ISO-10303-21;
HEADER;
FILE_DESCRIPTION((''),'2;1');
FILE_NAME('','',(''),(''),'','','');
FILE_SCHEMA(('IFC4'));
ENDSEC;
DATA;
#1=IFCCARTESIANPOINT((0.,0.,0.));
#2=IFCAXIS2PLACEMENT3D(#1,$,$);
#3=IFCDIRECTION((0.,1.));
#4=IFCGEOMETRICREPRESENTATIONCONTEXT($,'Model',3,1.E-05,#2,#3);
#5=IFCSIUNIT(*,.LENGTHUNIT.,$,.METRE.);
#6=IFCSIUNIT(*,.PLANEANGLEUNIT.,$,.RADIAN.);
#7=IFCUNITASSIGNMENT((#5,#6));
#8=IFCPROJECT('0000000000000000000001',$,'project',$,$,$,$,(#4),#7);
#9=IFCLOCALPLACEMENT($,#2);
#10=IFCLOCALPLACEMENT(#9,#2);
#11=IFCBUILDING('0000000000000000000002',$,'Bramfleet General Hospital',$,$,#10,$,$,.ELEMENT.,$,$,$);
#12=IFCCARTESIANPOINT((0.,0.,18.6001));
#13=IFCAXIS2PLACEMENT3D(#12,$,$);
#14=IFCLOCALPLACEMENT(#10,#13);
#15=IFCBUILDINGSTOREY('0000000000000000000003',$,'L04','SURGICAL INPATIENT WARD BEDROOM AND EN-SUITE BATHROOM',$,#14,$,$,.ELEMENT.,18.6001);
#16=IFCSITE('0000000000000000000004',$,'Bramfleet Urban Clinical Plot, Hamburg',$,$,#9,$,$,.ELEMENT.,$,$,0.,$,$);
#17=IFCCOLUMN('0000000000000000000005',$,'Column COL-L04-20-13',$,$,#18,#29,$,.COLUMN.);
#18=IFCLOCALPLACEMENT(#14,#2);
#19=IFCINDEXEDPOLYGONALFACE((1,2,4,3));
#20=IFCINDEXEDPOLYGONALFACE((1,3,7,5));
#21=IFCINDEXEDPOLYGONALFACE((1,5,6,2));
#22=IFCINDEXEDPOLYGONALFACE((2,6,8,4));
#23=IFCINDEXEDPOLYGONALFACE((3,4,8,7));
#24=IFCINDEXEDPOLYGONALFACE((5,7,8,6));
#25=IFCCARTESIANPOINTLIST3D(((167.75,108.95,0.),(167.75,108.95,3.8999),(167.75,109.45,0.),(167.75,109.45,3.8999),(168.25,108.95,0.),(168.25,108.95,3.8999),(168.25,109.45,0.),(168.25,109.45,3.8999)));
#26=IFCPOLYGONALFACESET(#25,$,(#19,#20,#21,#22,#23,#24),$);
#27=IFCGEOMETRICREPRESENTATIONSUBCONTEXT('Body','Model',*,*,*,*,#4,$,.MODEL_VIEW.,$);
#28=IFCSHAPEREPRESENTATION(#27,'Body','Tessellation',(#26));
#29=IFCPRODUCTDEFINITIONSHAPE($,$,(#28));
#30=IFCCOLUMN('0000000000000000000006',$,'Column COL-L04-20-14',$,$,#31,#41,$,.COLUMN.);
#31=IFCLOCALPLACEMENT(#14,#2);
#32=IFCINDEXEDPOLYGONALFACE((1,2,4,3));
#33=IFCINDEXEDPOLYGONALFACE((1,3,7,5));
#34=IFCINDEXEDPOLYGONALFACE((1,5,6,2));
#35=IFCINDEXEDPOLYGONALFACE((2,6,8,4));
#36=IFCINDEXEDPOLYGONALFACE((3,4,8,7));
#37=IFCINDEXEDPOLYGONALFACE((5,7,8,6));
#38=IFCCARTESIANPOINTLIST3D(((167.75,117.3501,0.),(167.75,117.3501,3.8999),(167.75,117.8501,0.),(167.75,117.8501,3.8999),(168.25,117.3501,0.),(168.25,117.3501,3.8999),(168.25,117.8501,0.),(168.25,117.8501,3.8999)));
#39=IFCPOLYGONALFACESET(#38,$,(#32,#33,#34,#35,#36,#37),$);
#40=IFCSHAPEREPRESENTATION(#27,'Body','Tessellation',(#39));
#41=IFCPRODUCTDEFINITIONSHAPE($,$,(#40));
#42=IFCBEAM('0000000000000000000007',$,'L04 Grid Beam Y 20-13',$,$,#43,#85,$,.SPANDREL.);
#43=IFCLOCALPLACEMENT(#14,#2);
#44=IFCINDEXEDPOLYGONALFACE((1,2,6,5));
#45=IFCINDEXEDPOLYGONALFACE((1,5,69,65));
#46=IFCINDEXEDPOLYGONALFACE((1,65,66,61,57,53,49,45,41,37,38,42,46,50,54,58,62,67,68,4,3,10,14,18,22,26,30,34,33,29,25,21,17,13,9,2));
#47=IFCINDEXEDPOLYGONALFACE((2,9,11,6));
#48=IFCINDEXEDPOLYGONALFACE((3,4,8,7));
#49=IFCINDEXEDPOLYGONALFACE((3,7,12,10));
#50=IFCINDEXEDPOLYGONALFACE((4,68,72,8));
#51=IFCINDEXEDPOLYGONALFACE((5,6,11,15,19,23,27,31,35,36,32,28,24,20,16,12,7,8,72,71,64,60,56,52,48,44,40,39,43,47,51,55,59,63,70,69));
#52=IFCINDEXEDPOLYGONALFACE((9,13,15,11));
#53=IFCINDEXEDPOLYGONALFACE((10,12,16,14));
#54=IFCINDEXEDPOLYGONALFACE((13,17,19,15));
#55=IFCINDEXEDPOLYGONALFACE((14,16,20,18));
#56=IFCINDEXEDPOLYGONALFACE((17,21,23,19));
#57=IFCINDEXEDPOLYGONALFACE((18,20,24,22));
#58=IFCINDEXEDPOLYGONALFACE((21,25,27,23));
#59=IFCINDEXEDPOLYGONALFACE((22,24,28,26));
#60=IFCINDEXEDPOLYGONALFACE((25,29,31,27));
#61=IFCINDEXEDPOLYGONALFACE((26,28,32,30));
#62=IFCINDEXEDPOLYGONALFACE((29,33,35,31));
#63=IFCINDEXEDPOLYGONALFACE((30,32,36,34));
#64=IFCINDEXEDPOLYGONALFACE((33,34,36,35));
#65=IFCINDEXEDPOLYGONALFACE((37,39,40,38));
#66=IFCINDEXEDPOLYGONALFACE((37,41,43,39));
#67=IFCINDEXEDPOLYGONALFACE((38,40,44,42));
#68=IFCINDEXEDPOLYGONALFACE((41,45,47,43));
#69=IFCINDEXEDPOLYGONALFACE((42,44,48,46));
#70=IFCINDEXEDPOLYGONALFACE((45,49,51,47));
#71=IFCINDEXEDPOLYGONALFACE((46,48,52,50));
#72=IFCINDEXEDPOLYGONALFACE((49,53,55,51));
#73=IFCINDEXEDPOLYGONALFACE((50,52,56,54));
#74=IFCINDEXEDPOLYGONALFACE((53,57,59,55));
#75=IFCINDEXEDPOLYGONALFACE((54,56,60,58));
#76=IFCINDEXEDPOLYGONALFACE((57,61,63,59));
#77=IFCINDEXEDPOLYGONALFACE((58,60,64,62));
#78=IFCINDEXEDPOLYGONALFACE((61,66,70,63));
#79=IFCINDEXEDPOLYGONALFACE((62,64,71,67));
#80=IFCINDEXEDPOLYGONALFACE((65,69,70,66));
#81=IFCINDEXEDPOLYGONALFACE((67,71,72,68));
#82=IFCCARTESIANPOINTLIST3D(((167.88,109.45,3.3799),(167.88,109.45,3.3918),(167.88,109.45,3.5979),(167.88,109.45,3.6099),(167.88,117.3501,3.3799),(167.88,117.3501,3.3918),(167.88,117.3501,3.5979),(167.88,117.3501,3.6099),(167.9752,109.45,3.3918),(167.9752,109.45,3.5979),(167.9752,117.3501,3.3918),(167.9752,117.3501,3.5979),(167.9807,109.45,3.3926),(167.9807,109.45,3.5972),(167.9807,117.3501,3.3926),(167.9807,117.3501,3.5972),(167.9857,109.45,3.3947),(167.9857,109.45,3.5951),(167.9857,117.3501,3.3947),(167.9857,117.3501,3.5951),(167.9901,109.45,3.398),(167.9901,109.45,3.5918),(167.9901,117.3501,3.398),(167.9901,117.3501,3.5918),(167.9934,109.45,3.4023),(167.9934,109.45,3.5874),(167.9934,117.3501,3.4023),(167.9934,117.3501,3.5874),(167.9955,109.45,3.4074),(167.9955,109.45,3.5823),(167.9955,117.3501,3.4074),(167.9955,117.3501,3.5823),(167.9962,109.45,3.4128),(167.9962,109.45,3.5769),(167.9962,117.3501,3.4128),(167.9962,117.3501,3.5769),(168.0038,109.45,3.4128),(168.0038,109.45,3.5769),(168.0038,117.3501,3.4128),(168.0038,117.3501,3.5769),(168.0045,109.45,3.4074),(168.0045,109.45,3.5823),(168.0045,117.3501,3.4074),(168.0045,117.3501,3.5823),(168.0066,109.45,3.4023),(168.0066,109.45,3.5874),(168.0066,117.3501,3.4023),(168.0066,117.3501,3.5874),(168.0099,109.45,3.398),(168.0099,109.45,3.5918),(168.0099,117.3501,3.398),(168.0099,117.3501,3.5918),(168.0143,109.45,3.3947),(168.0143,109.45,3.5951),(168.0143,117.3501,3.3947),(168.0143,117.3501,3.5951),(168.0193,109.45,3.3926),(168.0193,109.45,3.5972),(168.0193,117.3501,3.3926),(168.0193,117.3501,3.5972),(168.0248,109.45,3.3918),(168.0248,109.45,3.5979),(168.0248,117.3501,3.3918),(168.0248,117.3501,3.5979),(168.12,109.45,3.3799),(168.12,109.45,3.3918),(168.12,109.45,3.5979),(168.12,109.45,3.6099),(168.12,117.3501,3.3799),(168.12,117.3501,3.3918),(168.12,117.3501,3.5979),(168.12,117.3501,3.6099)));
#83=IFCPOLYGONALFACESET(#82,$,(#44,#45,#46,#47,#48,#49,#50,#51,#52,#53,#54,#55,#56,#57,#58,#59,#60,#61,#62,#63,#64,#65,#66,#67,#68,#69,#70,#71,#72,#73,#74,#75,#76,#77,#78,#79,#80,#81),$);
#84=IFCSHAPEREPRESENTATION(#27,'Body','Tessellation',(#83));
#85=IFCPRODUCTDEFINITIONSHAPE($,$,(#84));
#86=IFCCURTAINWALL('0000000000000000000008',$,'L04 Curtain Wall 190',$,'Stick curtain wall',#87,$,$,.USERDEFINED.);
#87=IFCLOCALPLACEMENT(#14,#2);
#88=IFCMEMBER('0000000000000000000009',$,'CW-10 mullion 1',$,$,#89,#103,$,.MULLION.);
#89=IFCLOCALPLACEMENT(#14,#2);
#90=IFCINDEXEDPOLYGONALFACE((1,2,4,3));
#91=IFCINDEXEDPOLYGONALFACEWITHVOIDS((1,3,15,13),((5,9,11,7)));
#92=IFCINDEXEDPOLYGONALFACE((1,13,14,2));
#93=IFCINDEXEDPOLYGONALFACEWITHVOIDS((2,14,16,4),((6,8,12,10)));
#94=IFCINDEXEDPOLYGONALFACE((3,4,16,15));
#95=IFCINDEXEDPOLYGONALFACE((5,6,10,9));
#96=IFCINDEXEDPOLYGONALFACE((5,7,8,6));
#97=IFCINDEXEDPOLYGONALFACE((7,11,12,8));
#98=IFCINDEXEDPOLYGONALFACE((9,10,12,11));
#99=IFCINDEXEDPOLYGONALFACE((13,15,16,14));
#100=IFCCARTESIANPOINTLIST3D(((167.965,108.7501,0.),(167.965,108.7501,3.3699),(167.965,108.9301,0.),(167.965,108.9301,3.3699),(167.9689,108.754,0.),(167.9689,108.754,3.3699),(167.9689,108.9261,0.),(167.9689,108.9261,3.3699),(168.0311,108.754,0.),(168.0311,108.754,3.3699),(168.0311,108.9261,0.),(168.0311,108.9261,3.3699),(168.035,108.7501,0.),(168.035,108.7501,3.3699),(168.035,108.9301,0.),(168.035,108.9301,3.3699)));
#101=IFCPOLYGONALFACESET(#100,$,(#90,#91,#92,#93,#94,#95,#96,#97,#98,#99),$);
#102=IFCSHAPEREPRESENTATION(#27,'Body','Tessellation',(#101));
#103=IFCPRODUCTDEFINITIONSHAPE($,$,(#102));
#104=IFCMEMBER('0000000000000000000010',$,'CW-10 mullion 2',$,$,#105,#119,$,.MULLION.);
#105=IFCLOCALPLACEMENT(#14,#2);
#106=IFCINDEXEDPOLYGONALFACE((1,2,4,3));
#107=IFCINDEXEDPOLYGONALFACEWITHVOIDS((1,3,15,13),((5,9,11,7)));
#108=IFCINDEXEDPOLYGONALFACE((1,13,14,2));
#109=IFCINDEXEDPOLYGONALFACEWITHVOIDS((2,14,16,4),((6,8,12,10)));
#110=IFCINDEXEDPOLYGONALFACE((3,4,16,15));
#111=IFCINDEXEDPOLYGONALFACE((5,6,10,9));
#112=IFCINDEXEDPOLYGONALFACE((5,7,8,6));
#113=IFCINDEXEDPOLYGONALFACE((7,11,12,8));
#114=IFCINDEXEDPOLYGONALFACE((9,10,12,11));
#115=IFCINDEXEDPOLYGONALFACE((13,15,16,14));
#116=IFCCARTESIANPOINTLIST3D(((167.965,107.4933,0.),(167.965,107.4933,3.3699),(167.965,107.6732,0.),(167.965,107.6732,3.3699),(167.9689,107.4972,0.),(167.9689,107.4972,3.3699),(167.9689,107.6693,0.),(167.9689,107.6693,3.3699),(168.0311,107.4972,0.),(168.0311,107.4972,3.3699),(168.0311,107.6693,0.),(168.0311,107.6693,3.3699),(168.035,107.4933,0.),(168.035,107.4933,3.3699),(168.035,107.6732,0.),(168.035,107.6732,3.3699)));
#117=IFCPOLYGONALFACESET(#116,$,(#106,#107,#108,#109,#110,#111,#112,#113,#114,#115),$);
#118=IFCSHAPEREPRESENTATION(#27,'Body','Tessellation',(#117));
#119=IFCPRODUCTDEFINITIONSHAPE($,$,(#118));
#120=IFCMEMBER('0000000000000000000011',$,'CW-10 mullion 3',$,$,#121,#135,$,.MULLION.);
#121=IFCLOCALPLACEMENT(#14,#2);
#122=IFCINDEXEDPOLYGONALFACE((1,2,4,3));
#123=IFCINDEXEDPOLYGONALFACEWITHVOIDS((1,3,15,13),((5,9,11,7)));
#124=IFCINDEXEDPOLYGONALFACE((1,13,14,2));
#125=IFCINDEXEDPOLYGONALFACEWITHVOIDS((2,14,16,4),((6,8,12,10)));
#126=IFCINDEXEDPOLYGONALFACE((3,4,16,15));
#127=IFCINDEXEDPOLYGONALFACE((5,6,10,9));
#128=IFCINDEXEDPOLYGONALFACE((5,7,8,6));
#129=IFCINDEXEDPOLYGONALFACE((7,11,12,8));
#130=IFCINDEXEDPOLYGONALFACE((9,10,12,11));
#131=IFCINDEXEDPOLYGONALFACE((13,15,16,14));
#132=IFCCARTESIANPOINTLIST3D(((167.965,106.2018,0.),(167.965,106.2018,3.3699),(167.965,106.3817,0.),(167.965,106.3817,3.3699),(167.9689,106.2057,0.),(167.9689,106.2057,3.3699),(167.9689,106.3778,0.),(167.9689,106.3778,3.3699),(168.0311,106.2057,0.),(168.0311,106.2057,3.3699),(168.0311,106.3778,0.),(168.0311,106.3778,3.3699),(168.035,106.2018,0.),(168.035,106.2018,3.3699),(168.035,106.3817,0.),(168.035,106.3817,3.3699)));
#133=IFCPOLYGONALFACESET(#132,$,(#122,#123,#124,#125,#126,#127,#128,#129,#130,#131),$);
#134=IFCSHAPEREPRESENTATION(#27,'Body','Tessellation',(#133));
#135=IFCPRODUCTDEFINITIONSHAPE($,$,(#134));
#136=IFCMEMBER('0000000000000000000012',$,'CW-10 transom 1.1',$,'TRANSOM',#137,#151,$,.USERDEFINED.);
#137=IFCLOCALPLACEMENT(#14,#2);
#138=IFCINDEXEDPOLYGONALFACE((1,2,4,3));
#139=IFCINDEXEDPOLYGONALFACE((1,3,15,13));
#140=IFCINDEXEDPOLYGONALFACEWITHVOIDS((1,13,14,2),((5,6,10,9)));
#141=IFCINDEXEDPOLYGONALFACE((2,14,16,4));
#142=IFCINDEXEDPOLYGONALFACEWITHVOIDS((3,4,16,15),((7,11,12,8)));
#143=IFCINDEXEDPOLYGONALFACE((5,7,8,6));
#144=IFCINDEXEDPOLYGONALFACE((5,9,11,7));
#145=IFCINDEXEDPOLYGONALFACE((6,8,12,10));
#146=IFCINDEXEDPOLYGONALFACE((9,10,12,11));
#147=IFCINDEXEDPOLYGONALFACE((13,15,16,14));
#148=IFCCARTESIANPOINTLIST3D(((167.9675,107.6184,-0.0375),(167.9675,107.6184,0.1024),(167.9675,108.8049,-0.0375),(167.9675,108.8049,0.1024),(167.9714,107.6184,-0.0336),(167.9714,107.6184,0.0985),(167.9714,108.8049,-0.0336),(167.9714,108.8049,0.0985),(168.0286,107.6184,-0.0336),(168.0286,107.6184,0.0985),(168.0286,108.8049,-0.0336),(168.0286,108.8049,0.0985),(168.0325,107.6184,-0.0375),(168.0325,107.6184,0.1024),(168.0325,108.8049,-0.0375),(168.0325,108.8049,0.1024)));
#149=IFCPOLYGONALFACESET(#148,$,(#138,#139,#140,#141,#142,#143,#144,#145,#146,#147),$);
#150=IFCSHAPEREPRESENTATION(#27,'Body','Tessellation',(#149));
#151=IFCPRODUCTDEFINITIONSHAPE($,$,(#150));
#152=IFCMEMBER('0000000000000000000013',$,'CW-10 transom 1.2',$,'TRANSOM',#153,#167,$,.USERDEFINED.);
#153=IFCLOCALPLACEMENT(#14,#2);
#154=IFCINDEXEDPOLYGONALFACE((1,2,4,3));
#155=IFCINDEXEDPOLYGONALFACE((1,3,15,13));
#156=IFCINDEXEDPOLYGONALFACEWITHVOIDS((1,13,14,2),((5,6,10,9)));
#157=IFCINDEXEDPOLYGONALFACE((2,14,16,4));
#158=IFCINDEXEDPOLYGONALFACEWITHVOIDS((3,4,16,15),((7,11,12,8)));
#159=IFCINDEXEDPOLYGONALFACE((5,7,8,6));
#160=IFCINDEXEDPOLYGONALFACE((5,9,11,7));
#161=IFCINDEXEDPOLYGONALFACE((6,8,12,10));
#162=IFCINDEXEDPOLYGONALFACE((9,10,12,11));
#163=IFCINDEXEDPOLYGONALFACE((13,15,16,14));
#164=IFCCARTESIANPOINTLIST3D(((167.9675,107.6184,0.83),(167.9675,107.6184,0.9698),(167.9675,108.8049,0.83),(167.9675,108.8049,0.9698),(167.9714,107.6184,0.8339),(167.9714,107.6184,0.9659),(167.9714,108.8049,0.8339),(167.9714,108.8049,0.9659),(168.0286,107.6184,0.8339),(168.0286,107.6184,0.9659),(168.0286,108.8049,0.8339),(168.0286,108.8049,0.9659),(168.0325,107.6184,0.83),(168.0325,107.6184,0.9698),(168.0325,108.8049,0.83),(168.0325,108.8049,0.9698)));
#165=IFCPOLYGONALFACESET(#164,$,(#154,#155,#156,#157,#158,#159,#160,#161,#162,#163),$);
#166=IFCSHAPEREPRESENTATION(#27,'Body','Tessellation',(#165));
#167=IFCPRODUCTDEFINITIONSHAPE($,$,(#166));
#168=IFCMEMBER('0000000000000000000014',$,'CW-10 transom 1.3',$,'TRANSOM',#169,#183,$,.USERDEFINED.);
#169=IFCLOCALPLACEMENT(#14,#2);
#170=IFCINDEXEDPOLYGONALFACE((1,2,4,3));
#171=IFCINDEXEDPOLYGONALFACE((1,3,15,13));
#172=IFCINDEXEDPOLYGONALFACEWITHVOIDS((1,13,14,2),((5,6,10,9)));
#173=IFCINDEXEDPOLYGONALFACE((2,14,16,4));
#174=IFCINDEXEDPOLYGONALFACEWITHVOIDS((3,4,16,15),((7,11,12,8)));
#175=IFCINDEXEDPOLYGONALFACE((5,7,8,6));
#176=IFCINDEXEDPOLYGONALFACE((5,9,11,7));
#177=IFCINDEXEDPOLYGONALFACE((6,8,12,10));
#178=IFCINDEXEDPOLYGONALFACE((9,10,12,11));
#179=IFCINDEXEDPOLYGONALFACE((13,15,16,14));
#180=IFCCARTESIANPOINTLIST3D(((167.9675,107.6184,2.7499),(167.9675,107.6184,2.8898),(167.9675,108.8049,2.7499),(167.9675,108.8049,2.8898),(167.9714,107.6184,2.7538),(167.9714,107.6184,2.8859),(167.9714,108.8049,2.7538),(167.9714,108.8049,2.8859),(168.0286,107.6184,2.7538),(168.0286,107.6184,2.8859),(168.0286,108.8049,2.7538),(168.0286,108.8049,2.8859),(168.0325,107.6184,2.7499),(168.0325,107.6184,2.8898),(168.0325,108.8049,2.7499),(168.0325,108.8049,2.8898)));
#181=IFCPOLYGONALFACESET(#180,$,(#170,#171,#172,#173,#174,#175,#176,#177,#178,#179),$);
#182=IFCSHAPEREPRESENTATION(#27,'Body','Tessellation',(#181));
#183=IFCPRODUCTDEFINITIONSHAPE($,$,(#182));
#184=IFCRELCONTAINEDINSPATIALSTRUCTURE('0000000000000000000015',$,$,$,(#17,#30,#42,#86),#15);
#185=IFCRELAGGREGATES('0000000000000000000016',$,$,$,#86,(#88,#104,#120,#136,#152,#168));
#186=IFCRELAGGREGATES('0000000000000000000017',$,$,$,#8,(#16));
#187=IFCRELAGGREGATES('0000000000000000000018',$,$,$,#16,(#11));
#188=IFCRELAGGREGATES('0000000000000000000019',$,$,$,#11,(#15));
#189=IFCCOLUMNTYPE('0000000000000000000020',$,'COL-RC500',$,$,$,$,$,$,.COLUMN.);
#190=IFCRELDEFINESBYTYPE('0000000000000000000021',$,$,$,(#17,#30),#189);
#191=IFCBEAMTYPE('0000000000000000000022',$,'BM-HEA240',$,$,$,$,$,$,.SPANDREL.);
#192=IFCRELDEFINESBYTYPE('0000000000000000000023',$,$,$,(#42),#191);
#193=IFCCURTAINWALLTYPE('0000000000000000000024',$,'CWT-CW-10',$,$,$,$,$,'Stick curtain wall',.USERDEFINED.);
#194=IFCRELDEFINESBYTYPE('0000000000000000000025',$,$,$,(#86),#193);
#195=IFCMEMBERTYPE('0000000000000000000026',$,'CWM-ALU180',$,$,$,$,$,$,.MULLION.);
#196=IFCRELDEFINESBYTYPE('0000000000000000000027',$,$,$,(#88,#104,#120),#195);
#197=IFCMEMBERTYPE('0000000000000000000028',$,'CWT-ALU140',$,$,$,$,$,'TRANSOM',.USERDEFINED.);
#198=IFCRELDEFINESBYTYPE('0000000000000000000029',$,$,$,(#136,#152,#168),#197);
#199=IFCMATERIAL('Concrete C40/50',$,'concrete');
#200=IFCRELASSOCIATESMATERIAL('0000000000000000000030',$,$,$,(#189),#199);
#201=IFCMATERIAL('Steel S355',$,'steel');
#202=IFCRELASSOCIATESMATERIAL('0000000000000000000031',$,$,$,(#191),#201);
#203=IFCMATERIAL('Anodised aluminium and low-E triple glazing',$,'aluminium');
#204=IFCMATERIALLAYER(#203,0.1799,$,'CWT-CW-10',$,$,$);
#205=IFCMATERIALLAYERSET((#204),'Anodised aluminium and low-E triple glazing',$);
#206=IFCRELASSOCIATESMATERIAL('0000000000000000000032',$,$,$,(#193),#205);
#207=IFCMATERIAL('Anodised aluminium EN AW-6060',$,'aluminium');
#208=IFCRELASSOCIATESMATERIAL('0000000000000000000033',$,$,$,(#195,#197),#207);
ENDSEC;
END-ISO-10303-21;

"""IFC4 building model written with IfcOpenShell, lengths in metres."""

from ifc_helpers import new_model, si_unit, direction, frame, origin, origin_2d, place, context, subcontext, project, spatial, rectangle, hollow_rectangle, i_section, extrude, material, layer, layer_set, material_profile, profile_set, type_object, element, aggregate, save


model = new_model("IFC4")

# Units and contexts
model_context = context("Model", 3, precision=1e-05, world=origin(), true_north=direction((0.0, 1.0)))
body_context = subcontext(model_context, "Body", "Model", "MODEL_VIEW")
ifc_project = project(units=[si_unit("LENGTHUNIT", "METRE"), si_unit("PLANEANGLEUNIT", "RADIAN")], contexts=[model_context])

# Site, building, storey
site_placement = place(None, origin())
site = spatial("IfcSite", under=ifc_project, at=site_placement, Name="Bramfleet Urban Clinical Plot, Hamburg", CompositionType="ELEMENT", RefElevation=0.0)
building_placement = place(site_placement, origin())
building = spatial("IfcBuilding", under=site, at=building_placement, Name="Bramfleet General Hospital", CompositionType="ELEMENT")
storey_placement = place(building_placement, frame((0.0, 0.0, 18.6001)))
storey = spatial("IfcBuildingStorey", under=building, at=storey_placement, Name="L04", Description="SURGICAL INPATIENT WARD BEDROOM AND EN-SUITE BATHROOM", CompositionType="ELEMENT", Elevation=18.6001)

# Columns
ifc_material_1 = material(Name="Concrete C40/50", Category="concrete")
ifc_material_profile_1 = material_profile(ifc_material_1, rectangle(XDim=0.5, YDim=0.5, at=origin_2d()), Name="RC COL 500x500")
ifc_profile_set_1 = profile_set([ifc_material_profile_1], Name="Concrete C40/50")
column_type = type_object("IfcColumnType", Name="COL-RC500", PredefinedType="COLUMN", material=ifc_profile_set_1)
for number, where, z_axis, x_axis, name in (
    (1, (168.0, 109.2, 0.0), (0.0, 0.0, 1.0), (1.0, 0.0, 0.0), "Column COL-L04-20-13"),
    (2, (168.0, 117.6001, 0.0), (0.0, 0.0, 1.0), (1.0, 0.0, 0.0), "Column COL-L04-20-14"),
):
    element("IfcColumn", number, at=place(storey_placement, frame(where, z_axis=z_axis, x_axis=x_axis)), inside=storey, type_object=column_type, Name=name, PredefinedType="COLUMN", context=body_context, shape_type="SweptSolid", body=[
        extrude(rectangle(XDim=0.5, YDim=0.5, at=origin_2d()), origin(), (0.0, 0.0, 1.0), 3.8999),
    ])

# Beam
ifc_material_2 = material(Name="Steel S355", Category="steel")
ifc_material_profile_2 = material_profile(ifc_material_2, i_section(OverallWidth=0.24, OverallDepth=0.23, WebThickness=0.0076, FlangeThickness=0.012, FilletRadius=0.021, at=origin_2d()), Name="HEA 240")
ifc_profile_set_2 = profile_set([ifc_material_profile_2], Name="Steel S355")
beam_type = type_object("IfcBeamType", Name="BM-HEA240", PredefinedType="SPANDREL", material=ifc_profile_set_2)
beam_placement = place(storey_placement, frame((168.0, 109.45, 3.4949), z_axis=(0.0, 1.0, 0.0), x_axis=(-1.0, 0.0, 0.0)))
element("IfcBeam", 3, at=beam_placement, inside=storey, type_object=beam_type, Name="L04 Grid Beam Y 20-13", PredefinedType="SPANDREL", context=body_context, shape_type="SweptSolid", body=[
    extrude(i_section(OverallWidth=0.24, OverallDepth=0.23, WebThickness=0.0076, FlangeThickness=0.012, FilletRadius=0.021, at=origin_2d()), origin(), (0.0, 0.0, 1.0), 7.9001),
])

# Curtain wall, members
ifc_material_3 = material(Name="Anodised aluminium and low-E triple glazing", Category="aluminium")
ifc_layer_1 = layer(ifc_material_3, 0.1799, Name="CWT-CW-10")
ifc_layer_set_1 = layer_set([ifc_layer_1], Name="Anodised aluminium and low-E triple glazing")
curtain_wall_type = type_object("IfcCurtainWallType", Name="CWT-CW-10", ElementType="Stick curtain wall", PredefinedType="USERDEFINED", material=ifc_layer_set_1)
curtain_wall_placement = place(storey_placement, origin())
curtain_wall = element("IfcCurtainWall", 4, at=curtain_wall_placement, inside=storey, type_object=curtain_wall_type, Name="L04 Curtain Wall 190", ObjectType="Stick curtain wall", PredefinedType="USERDEFINED")
ifc_material_4 = material(Name="Anodised aluminium EN AW-6060", Category="aluminium")
ifc_material_profile_3 = material_profile(ifc_material_4, hollow_rectangle(XDim=0.0701, YDim=0.1799, WallThickness=0.0039, at=origin_2d()), Name="ALU 180x70x4.0")
ifc_profile_set_3 = profile_set([ifc_material_profile_3], Name="Anodised aluminium EN AW-6060")
member_type_1 = type_object("IfcMemberType", Name="CWM-ALU180", PredefinedType="MULLION", material=ifc_profile_set_3)
member_1_placement = place(storey_placement, frame((168.0, 108.8401, 0.0), z_axis=(0.0, 0.0, 1.0), x_axis=(1.0, 0.0, 0.0)))
member_1 = element("IfcMember", 5, at=member_1_placement, type_object=member_type_1, Name="CW-10 mullion 1", PredefinedType="MULLION", context=body_context, shape_type="SweptSolid", body=[
    extrude(hollow_rectangle(XDim=0.0701, YDim=0.1799, WallThickness=0.0039, at=origin_2d()), origin(), (0.0, 0.0, 1.0), 3.3699),
])
member_2_placement = place(storey_placement, frame((168.0, 107.5833, 0.0), z_axis=(0.0, 0.0, 1.0), x_axis=(1.0, 0.0, 0.0)))
member_2 = element("IfcMember", 6, at=member_2_placement, type_object=member_type_1, Name="CW-10 mullion 2", PredefinedType="MULLION", context=body_context, shape_type="SweptSolid", body=[
    extrude(hollow_rectangle(XDim=0.0701, YDim=0.1799, WallThickness=0.0039, at=origin_2d()), origin(), (0.0, 0.0, 1.0), 3.3699),
])
member_3_placement = place(storey_placement, frame((168.0, 106.2917, 0.0), z_axis=(0.0, 0.0, 1.0), x_axis=(1.0, 0.0, 0.0)))
member_3 = element("IfcMember", 7, at=member_3_placement, type_object=member_type_1, Name="CW-10 mullion 3", PredefinedType="MULLION", context=body_context, shape_type="SweptSolid", body=[
    extrude(hollow_rectangle(XDim=0.0701, YDim=0.1799, WallThickness=0.0039, at=origin_2d()), origin(), (0.0, 0.0, 1.0), 3.3699),
])
ifc_material_profile_4 = material_profile(ifc_material_4, hollow_rectangle(XDim=0.0649, YDim=0.1399, WallThickness=0.0039, at=origin_2d()), Name="ALU 140x65x4.0")
ifc_profile_set_4 = profile_set([ifc_material_profile_4], Name="Anodised aluminium EN AW-6060")
member_type_2 = type_object("IfcMemberType", Name="CWT-ALU140", ElementType="TRANSOM", PredefinedType="USERDEFINED", material=ifc_profile_set_4)
member_4_placement = place(storey_placement, frame((168.0, 108.8049, 0.0325), z_axis=(0.0, -1.0, 0.0), x_axis=(1.0, 0.0, 0.0)))
member_4 = element("IfcMember", 8, at=member_4_placement, type_object=member_type_2, Name="CW-10 transom 1.1", ObjectType="TRANSOM", PredefinedType="USERDEFINED", context=body_context, shape_type="SweptSolid", body=[
    extrude(hollow_rectangle(XDim=0.0649, YDim=0.1399, WallThickness=0.0039, at=origin_2d()), origin(), (0.0, 0.0, 1.0), 1.1865),
])
member_5_placement = place(storey_placement, frame((168.0, 108.8049, 0.8999), z_axis=(0.0, -1.0, 0.0), x_axis=(1.0, 0.0, 0.0)))
member_5 = element("IfcMember", 9, at=member_5_placement, type_object=member_type_2, Name="CW-10 transom 1.2", ObjectType="TRANSOM", PredefinedType="USERDEFINED", context=body_context, shape_type="SweptSolid", body=[
    extrude(hollow_rectangle(XDim=0.0649, YDim=0.1399, WallThickness=0.0039, at=origin_2d()), origin(), (0.0, 0.0, 1.0), 1.1865),
])
member_6_placement = place(storey_placement, frame((168.0, 108.8049, 2.8198), z_axis=(0.0, -1.0, 0.0), x_axis=(1.0, 0.0, 0.0)))
member_6 = element("IfcMember", 10, at=member_6_placement, type_object=member_type_2, Name="CW-10 transom 1.3", ObjectType="TRANSOM", PredefinedType="USERDEFINED", context=body_context, shape_type="SweptSolid", body=[
    extrude(hollow_rectangle(XDim=0.0649, YDim=0.1399, WallThickness=0.0039, at=origin_2d()), origin(), (0.0, 0.0, 1.0), 1.1865),
])
aggregate(curtain_wall, [member_1, member_2, member_3, member_4, member_5, member_6])

save(model, "model.ifc")
